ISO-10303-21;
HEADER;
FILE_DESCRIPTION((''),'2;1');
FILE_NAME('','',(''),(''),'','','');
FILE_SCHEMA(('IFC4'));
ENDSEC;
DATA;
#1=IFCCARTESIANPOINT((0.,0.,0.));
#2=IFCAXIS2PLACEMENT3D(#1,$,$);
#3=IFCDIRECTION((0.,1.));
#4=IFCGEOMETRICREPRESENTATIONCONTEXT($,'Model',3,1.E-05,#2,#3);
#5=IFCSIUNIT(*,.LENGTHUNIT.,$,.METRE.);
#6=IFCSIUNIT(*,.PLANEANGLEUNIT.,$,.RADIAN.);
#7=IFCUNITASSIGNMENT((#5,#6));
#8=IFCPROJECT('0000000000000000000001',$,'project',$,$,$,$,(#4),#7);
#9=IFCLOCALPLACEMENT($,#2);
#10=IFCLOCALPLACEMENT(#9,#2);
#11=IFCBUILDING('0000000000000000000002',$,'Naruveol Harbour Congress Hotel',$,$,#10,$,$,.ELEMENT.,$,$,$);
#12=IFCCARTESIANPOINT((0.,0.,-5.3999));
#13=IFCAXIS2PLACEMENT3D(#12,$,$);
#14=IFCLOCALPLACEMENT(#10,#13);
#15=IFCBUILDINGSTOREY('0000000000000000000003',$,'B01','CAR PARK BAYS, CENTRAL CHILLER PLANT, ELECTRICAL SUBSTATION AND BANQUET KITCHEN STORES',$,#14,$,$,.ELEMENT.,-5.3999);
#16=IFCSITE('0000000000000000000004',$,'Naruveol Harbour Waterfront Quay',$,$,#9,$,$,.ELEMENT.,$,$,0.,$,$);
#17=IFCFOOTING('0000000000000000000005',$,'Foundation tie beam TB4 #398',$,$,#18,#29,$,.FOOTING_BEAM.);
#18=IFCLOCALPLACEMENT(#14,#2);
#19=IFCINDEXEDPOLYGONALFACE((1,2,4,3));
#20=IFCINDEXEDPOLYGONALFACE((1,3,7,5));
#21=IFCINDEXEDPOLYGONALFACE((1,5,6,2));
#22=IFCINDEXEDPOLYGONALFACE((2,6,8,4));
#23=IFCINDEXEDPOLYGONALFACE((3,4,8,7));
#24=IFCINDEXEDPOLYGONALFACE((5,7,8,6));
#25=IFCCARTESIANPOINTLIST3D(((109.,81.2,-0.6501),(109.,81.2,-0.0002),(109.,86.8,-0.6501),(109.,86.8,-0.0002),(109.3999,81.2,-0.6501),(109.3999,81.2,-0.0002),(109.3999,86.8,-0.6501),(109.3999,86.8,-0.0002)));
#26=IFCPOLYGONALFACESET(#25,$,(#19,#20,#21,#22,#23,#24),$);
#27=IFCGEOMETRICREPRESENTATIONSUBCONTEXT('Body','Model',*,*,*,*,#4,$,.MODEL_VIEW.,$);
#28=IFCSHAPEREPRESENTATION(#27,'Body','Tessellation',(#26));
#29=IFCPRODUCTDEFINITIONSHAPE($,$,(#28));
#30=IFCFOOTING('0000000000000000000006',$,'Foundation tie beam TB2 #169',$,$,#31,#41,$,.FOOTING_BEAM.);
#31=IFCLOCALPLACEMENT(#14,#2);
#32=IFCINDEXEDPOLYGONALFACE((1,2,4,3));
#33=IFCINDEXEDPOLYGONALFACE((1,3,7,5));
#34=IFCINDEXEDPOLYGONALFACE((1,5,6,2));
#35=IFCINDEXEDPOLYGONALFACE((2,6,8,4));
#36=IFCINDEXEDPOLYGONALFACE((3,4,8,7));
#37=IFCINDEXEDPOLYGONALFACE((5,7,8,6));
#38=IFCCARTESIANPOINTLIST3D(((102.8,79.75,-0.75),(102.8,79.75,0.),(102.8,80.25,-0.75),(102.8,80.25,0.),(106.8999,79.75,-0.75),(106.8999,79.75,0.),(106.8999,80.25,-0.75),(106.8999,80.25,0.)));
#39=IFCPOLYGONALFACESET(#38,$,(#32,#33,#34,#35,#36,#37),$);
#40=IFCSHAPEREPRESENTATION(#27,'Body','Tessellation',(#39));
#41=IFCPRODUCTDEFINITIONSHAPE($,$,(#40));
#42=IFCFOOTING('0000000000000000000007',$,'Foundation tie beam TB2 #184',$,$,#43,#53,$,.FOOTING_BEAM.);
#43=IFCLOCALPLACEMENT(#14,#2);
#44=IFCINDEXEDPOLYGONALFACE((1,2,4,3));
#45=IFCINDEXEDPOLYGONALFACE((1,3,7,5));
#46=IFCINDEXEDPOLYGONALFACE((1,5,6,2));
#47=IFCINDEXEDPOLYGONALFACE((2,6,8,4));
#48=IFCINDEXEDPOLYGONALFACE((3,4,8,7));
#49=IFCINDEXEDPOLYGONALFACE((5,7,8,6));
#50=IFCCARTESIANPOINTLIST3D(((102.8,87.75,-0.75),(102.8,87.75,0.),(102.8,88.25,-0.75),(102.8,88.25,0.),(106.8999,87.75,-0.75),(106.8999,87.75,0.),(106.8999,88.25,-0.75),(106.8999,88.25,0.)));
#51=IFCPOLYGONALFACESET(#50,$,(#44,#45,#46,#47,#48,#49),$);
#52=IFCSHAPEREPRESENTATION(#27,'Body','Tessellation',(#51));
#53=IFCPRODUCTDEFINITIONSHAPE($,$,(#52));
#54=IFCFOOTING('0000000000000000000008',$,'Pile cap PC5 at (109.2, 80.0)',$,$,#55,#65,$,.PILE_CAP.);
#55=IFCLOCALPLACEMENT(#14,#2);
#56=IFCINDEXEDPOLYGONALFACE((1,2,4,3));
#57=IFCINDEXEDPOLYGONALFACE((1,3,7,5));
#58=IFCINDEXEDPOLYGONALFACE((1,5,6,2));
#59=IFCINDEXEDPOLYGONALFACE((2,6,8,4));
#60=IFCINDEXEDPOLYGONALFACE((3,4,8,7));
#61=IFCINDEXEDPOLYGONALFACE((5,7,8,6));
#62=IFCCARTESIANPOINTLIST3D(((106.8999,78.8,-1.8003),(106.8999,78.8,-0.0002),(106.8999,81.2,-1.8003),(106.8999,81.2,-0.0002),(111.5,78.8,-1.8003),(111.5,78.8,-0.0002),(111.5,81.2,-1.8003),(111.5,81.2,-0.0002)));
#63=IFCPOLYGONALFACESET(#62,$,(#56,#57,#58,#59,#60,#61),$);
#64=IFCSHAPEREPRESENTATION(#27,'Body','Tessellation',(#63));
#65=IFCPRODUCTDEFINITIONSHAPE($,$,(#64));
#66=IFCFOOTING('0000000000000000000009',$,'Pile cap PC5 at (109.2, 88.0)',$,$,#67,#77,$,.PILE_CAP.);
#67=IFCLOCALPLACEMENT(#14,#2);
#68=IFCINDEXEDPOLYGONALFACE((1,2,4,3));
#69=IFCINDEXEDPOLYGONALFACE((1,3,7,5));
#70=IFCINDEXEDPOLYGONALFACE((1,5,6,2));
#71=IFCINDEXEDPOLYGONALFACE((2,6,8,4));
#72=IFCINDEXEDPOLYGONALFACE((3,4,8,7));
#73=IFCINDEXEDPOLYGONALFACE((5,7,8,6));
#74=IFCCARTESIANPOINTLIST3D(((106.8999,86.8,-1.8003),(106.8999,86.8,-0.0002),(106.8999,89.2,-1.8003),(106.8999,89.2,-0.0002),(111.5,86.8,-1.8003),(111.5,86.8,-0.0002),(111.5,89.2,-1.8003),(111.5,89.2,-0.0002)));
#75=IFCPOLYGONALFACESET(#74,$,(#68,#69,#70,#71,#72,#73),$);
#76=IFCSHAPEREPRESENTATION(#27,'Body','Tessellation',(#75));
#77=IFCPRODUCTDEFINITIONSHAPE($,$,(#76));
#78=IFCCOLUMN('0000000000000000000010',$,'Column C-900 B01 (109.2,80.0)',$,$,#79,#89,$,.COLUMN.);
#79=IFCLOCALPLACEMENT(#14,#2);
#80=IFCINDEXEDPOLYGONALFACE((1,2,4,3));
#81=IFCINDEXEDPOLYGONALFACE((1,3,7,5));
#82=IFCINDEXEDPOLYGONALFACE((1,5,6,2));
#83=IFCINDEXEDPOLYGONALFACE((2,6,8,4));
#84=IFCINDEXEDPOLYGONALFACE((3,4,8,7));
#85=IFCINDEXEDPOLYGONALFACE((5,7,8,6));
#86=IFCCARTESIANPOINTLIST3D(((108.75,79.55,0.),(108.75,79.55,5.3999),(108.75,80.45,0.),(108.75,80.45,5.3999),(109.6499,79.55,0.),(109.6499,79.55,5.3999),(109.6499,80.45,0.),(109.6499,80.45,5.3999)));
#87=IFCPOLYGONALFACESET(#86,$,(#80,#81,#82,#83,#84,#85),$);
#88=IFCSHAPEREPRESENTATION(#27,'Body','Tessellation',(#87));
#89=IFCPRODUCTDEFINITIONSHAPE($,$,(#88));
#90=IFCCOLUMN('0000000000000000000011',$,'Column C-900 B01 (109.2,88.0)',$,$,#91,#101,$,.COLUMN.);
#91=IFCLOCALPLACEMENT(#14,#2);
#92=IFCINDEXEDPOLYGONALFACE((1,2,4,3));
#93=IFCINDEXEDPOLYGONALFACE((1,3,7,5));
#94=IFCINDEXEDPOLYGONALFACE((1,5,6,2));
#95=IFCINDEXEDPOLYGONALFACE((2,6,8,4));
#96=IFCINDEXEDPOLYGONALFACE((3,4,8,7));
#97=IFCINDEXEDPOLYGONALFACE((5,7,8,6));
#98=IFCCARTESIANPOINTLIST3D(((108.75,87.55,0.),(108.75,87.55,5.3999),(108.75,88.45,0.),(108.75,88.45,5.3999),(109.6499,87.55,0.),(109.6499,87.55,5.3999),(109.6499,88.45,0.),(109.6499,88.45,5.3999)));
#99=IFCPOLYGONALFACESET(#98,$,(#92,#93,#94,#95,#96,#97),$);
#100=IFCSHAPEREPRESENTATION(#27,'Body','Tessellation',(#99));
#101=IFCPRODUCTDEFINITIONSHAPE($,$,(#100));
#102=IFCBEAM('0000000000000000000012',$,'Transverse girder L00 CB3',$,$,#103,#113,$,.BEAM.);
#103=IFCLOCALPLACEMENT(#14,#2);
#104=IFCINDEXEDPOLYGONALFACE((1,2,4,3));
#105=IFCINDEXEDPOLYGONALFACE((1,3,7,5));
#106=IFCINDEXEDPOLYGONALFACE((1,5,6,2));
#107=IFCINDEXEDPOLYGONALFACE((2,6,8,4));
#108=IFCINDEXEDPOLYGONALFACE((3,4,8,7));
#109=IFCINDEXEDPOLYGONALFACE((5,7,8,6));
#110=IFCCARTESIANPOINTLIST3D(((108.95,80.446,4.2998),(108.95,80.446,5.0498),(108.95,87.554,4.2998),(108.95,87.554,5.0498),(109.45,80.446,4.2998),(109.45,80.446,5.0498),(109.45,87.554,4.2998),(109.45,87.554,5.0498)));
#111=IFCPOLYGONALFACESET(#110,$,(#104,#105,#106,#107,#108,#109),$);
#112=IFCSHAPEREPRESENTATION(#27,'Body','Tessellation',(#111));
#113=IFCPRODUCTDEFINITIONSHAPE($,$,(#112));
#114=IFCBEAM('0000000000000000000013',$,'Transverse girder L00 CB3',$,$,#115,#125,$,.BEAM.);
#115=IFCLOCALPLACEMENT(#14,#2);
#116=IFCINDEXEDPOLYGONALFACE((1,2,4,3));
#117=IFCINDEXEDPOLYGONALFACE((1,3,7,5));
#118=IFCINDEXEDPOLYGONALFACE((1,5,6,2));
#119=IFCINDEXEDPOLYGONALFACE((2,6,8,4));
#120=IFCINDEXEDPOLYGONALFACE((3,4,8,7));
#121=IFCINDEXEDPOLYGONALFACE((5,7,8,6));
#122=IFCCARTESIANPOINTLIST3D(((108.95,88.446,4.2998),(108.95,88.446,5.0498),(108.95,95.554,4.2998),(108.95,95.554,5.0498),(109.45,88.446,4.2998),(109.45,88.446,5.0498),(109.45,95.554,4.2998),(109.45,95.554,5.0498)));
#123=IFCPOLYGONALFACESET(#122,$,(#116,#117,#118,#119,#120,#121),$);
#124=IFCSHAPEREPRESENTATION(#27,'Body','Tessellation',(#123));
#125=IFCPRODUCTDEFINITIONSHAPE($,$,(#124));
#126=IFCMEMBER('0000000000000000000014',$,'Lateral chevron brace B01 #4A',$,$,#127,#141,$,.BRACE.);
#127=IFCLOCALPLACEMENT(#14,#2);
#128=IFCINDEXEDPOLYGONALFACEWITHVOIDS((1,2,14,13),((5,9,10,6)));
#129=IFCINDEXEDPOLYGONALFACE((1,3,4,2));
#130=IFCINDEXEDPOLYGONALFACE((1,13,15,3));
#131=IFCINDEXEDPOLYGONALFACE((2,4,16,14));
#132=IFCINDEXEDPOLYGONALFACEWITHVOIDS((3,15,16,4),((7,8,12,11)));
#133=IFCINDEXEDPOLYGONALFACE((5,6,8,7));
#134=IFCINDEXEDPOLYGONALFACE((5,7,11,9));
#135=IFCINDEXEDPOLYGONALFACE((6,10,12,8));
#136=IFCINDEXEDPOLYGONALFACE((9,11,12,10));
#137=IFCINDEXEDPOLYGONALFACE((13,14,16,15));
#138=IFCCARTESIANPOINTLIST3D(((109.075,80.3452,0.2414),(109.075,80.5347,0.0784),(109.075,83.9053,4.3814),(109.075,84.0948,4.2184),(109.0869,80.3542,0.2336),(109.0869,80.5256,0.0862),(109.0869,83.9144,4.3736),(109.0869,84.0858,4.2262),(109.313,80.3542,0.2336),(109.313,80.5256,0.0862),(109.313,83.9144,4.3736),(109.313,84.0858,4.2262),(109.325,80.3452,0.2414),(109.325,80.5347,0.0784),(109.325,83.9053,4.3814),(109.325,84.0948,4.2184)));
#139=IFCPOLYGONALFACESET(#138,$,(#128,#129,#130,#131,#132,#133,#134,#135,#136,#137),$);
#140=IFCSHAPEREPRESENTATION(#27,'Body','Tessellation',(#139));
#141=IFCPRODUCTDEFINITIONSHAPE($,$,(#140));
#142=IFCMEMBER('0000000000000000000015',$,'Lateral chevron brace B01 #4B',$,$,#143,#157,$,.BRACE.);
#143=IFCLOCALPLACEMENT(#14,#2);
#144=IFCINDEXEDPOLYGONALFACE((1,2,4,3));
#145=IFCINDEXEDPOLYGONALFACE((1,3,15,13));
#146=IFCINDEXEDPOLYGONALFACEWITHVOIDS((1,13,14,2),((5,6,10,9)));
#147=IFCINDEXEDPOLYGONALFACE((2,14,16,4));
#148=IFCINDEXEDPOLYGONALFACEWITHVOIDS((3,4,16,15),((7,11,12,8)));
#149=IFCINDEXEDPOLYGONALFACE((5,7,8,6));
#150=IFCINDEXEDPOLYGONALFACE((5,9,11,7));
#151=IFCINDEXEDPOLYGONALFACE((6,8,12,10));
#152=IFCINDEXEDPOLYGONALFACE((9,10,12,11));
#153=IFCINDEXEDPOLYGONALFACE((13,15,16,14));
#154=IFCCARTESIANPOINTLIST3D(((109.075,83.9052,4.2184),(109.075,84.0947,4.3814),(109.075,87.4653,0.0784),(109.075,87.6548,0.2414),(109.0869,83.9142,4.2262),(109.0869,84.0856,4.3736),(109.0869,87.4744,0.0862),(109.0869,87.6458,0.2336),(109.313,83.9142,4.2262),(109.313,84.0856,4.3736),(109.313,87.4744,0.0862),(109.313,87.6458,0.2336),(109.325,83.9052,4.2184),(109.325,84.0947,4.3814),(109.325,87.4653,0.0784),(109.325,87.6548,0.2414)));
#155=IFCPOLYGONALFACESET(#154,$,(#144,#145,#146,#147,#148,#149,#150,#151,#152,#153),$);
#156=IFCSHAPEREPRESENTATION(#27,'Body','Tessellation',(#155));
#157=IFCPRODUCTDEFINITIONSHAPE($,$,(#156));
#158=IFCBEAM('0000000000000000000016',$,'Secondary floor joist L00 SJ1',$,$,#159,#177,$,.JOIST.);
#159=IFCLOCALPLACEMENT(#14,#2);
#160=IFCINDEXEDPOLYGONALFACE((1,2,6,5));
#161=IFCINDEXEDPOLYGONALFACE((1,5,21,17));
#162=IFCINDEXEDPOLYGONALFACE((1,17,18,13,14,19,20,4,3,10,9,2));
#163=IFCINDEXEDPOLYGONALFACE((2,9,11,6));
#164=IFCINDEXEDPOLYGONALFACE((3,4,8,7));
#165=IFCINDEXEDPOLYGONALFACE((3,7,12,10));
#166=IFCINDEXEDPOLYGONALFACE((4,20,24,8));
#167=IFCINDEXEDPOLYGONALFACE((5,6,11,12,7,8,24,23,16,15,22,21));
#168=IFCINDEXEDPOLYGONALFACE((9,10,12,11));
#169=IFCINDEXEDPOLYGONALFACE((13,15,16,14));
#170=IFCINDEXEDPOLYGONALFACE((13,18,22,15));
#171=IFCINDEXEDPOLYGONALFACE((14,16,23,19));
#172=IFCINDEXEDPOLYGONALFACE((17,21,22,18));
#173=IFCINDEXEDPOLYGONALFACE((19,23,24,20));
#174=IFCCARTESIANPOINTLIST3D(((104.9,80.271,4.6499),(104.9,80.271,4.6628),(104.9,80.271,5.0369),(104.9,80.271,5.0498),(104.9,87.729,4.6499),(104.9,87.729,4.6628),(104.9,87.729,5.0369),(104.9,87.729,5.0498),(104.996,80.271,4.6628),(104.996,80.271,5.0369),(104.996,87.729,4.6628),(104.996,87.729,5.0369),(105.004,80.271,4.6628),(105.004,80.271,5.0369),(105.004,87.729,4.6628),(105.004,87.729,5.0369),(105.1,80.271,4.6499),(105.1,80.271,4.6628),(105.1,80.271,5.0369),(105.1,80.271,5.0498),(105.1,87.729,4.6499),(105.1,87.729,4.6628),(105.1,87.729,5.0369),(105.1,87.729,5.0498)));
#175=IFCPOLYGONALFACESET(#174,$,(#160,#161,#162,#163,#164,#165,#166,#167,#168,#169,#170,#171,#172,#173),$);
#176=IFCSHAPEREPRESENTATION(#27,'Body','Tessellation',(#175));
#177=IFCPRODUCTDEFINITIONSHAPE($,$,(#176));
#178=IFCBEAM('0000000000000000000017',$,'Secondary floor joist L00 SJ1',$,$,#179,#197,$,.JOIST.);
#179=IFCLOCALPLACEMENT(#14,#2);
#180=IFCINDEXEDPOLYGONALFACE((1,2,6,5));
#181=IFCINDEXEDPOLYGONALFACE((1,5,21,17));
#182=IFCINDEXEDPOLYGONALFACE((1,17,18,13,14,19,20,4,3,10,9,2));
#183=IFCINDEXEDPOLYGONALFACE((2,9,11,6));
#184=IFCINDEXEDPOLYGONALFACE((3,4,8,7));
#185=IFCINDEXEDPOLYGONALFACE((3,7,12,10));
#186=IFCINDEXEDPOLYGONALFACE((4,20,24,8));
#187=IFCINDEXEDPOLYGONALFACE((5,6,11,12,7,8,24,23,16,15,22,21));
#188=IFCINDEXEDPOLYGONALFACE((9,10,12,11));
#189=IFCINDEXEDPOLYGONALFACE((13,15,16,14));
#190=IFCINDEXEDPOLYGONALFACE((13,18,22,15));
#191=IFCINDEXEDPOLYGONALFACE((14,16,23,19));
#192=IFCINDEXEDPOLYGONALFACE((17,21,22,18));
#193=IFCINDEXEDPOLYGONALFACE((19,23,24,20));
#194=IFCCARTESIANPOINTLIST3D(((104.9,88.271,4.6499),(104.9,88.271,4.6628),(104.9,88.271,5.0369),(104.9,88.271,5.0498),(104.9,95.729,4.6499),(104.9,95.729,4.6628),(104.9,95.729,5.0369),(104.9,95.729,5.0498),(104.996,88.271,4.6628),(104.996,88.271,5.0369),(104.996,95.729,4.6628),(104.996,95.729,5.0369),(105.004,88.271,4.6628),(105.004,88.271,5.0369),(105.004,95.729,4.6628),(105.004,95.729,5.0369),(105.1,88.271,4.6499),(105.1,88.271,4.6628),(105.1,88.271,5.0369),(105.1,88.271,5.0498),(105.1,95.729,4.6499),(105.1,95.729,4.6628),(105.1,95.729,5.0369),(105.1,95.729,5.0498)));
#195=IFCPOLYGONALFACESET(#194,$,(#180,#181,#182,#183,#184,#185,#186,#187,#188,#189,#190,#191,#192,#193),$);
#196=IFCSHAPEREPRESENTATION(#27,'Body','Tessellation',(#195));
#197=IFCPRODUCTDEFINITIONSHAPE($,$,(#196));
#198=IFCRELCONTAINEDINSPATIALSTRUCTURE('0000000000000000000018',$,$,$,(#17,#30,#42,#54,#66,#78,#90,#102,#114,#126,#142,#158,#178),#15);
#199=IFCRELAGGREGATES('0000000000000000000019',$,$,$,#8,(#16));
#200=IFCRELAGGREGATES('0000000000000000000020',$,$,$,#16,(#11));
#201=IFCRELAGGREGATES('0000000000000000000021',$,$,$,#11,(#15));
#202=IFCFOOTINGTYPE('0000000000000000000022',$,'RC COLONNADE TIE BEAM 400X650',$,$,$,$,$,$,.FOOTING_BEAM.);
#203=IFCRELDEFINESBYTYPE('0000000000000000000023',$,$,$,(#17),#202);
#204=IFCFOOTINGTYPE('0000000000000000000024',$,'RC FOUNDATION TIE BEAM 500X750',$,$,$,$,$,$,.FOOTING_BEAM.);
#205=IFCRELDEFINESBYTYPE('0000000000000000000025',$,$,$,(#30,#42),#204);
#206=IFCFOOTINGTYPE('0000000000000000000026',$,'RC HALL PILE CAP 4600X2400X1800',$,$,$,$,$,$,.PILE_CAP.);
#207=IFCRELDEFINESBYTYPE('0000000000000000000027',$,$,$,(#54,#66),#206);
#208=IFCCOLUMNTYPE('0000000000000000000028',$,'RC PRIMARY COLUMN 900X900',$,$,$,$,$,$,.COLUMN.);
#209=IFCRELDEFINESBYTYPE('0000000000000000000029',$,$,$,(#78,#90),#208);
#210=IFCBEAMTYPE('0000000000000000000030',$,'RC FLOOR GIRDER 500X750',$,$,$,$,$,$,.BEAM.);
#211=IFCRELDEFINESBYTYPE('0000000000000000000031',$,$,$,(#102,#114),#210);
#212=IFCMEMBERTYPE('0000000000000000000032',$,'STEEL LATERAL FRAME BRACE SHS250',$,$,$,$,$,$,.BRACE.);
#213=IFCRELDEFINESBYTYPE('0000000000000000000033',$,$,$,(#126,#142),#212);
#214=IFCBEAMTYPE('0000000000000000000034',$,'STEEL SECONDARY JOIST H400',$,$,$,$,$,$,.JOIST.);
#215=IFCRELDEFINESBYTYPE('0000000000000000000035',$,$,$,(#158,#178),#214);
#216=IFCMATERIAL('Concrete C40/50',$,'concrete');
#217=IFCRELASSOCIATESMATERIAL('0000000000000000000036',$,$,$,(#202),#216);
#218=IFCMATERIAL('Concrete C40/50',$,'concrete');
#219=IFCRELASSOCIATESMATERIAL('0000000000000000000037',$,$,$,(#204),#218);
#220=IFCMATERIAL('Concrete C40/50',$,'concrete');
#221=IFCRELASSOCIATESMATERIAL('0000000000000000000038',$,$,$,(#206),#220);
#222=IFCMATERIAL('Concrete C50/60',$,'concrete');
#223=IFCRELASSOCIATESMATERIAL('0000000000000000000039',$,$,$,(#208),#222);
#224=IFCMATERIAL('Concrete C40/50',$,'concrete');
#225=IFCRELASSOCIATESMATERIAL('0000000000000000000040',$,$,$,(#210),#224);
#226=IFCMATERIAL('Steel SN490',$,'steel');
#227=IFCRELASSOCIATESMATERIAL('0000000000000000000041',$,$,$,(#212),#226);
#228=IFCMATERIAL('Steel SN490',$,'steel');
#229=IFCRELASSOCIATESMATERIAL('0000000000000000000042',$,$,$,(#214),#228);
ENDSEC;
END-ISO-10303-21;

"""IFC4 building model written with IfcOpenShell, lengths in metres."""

from ifc_helpers import new_model, si_unit, direction, frame, origin, origin_2d, place, context, subcontext, project, spatial, rectangle, hollow_rectangle, i_section, extrude, material, material_profile, profile_set, type_object, element, save


model = new_model("IFC4")

# Units and contexts
model_context = context("Model", 3, precision=1e-05, world=origin(), true_north=direction((0.0, 1.0)))
body_context = subcontext(model_context, "Body", "Model", "MODEL_VIEW")
ifc_project = project(units=[si_unit("LENGTHUNIT", "METRE"), si_unit("PLANEANGLEUNIT", "RADIAN")], contexts=[model_context])

# Site, building, storey
site_placement = place(None, origin())
site = spatial("IfcSite", under=ifc_project, at=site_placement, Name="Naruveol Harbour Waterfront Quay", CompositionType="ELEMENT", RefElevation=0.0)
building_placement = place(site_placement, origin())
building = spatial("IfcBuilding", under=site, at=building_placement, Name="Naruveol Harbour Congress Hotel", CompositionType="ELEMENT")
storey_placement = place(building_placement, frame((0.0, 0.0, -5.3999)))
storey = spatial("IfcBuildingStorey", under=building, at=storey_placement, Name="B01", Description="CAR PARK BAYS, CENTRAL CHILLER PLANT, ELECTRICAL SUBSTATION AND BANQUET KITCHEN STORES", CompositionType="ELEMENT", Elevation=-5.3999)

# Footings
ifc_material_1 = material(Name="Concrete C40/50", Category="concrete")
ifc_material_profile_1 = material_profile(ifc_material_1, rectangle(XDim=0.3999, YDim=0.6499, at=origin_2d()), Name="RCB-400x650")
ifc_profile_set_1 = profile_set([ifc_material_profile_1], Name="Concrete C40/50")
footing_type_1 = type_object("IfcFootingType", Name="RC COLONNADE TIE BEAM 400X650", PredefinedType="FOOTING_BEAM", material=ifc_profile_set_1)
footing_placement = place(storey_placement, frame((109.2, 81.2, -0.3252), z_axis=(0.0, 1.0, 0.0), x_axis=(-1.0, 0.0, 0.0)))
element("IfcFooting", 1, at=footing_placement, inside=storey, type_object=footing_type_1, Name="Foundation tie beam TB4 #398", PredefinedType="FOOTING_BEAM", context=body_context, shape_type="SweptSolid", body=[
    extrude(rectangle(XDim=0.3999, YDim=0.6499, at=origin_2d()), origin(), (0.0, 0.0, 1.0), 5.6001),
])
ifc_material_2 = material(Name="Concrete C40/50", Category="concrete")
ifc_material_profile_2 = material_profile(ifc_material_2, rectangle(XDim=0.5, YDim=0.75, at=origin_2d()), Name="RCB-500x750")
ifc_profile_set_2 = profile_set([ifc_material_profile_2], Name="Concrete C40/50")
footing_type_2 = type_object("IfcFootingType", Name="RC FOUNDATION TIE BEAM 500X750", PredefinedType="FOOTING_BEAM", material=ifc_profile_set_2)
for number, where, z_axis, x_axis, name in (
    (2, (102.8, 80.0, -0.375), (1.0, 0.0, 0.0), (0.0, 1.0, 0.0), "Foundation tie beam TB2 #169"),
    (3, (102.8, 88.0, -0.375), (1.0, 0.0, 0.0), (0.0, 1.0, 0.0), "Foundation tie beam TB2 #184"),
):
    element("IfcFooting", number, at=place(storey_placement, frame(where, z_axis=z_axis, x_axis=x_axis)), inside=storey, type_object=footing_type_2, Name=name, PredefinedType="FOOTING_BEAM", context=body_context, shape_type="SweptSolid", body=[
        extrude(rectangle(XDim=0.5, YDim=0.75, at=origin_2d()), origin(), (0.0, 0.0, 1.0), 4.0999),
    ])
ifc_material_3 = material(Name="Concrete C40/50", Category="concrete")
footing_type_3 = type_object("IfcFootingType", Name="RC HALL PILE CAP 4600X2400X1800", PredefinedType="PILE_CAP", material=ifc_material_3)
for number, where, z_axis, x_axis, name in (
    (4, (109.2, 80.0, -1.8003), (0.0, 0.0, 1.0), (1.0, 0.0, 0.0), "Pile cap PC5 at (109.2, 80.0)"),
    (5, (109.2, 88.0, -1.8003), (0.0, 0.0, 1.0), (1.0, 0.0, 0.0), "Pile cap PC5 at (109.2, 88.0)"),
):
    element("IfcFooting", number, at=place(storey_placement, frame(where, z_axis=z_axis, x_axis=x_axis)), inside=storey, type_object=footing_type_3, Name=name, PredefinedType="PILE_CAP", context=body_context, shape_type="SweptSolid", body=[
        extrude(rectangle(XDim=4.6001, YDim=2.3999, at=origin_2d()), origin(), (0.0, 0.0, 1.0), 1.8),
    ])

# Columns
ifc_material_4 = material(Name="Concrete C50/60", Category="concrete")
ifc_material_profile_3 = material_profile(ifc_material_4, rectangle(XDim=0.8999, YDim=0.8999, at=origin_2d()), Name="RC-900x900")
ifc_profile_set_3 = profile_set([ifc_material_profile_3], Name="Concrete C50/60")
column_type = type_object("IfcColumnType", Name="RC PRIMARY COLUMN 900X900", PredefinedType="COLUMN", material=ifc_profile_set_3)
for number, where, z_axis, x_axis, name in (
    (6, (109.2, 80.0, 0.0), (0.0, 0.0, 1.0), (1.0, 0.0, 0.0), "Column C-900 B01 (109.2,80.0)"),
    (7, (109.2, 88.0, 0.0), (0.0, 0.0, 1.0), (1.0, 0.0, 0.0), "Column C-900 B01 (109.2,88.0)"),
):
    element("IfcColumn", number, at=place(storey_placement, frame(where, z_axis=z_axis, x_axis=x_axis)), inside=storey, type_object=column_type, Name=name, PredefinedType="COLUMN", context=body_context, shape_type="SweptSolid", body=[
        extrude(rectangle(XDim=0.8999, YDim=0.8999, at=origin_2d()), origin(), (0.0, 0.0, 1.0), 5.3999),
    ])

# Beams
ifc_material_5 = material(Name="Concrete C40/50", Category="concrete")
ifc_material_profile_4 = material_profile(ifc_material_5, rectangle(XDim=0.5, YDim=0.75, at=origin_2d()), Name="RCB-500x750")
ifc_profile_set_4 = profile_set([ifc_material_profile_4], Name="Concrete C40/50")
beam_type_1 = type_object("IfcBeamType", Name="RC FLOOR GIRDER 500X750", PredefinedType="BEAM", material=ifc_profile_set_4)
for number, where, z_axis, x_axis, name in (
    (8, (109.2, 80.446, 4.6748), (0.0, 1.0, 0.0), (-1.0, 0.0, 0.0), "Transverse girder L00 CB3"),
    (9, (109.2, 88.446, 4.6748), (0.0, 1.0, 0.0), (-1.0, 0.0, 0.0), "Transverse girder L00 CB3"),
):
    element("IfcBeam", number, at=place(storey_placement, frame(where, z_axis=z_axis, x_axis=x_axis)), inside=storey, type_object=beam_type_1, Name=name, PredefinedType="BEAM", context=body_context, shape_type="SweptSolid", body=[
        extrude(rectangle(XDim=0.5, YDim=0.75, at=origin_2d()), origin(), (0.0, 0.0, 1.0), 7.1079),
    ])

# Members
ifc_material_6 = material(Name="Steel SN490", Category="steel")
ifc_material_profile_5 = material_profile(ifc_material_6, hollow_rectangle(XDim=0.25, YDim=0.25, WallThickness=0.012, at=origin_2d()), Name="SHS-250x250x12")
ifc_profile_set_5 = profile_set([ifc_material_profile_5], Name="Steel SN490")
member_type = type_object("IfcMemberType", Name="STEEL LATERAL FRAME BRACE SHS250", PredefinedType="BRACE", material=ifc_profile_set_5)
for number, where, z_axis, x_axis, name in (
    (10, (109.2, 80.4399, 0.1599), (0.0, 0.652013, 0.758208), (-1.0, 0.0, 0.0), "Lateral chevron brace B01 #4A"),
    (11, (109.2, 87.5601, 0.1599), (0.0, -0.652013, 0.758208), (1.0, 0.0, 0.0), "Lateral chevron brace B01 #4B"),
):
    element("IfcMember", number, at=place(storey_placement, frame(where, z_axis=z_axis, x_axis=x_axis)), inside=storey, type_object=member_type, Name=name, PredefinedType="BRACE", context=body_context, shape_type="SweptSolid", body=[
        extrude(hollow_rectangle(XDim=0.25, YDim=0.25, WallThickness=0.012, at=origin_2d()), origin(), (0.0, 0.0, 1.0), 5.4602),
    ])

# Beams
ifc_material_7 = material(Name="Steel SN490", Category="steel")
ifc_material_profile_6 = material_profile(ifc_material_7, i_section(OverallWidth=0.2, OverallDepth=0.3999, WebThickness=0.0081, FlangeThickness=0.0129, at=origin_2d()), Name="H-400x200x8x13")
ifc_profile_set_6 = profile_set([ifc_material_profile_6], Name="Steel SN490")
beam_type_2 = type_object("IfcBeamType", Name="STEEL SECONDARY JOIST H400", PredefinedType="JOIST", material=ifc_profile_set_6)
for number, where, z_axis, x_axis, name in (
    (12, (105.0, 80.271, 4.8499), (0.0, 1.0, 0.0), (-1.0, 0.0, 0.0), "Secondary floor joist L00 SJ1"),
    (13, (105.0, 88.271, 4.8499), (0.0, 1.0, 0.0), (-1.0, 0.0, 0.0), "Secondary floor joist L00 SJ1"),
):
    element("IfcBeam", number, at=place(storey_placement, frame(where, z_axis=z_axis, x_axis=x_axis)), inside=storey, type_object=beam_type_2, Name=name, PredefinedType="JOIST", context=body_context, shape_type="SweptSolid", body=[
        extrude(i_section(OverallWidth=0.2, OverallDepth=0.3999, WebThickness=0.0081, FlangeThickness=0.0129, at=origin_2d()), origin(), (0.0, 0.0, 1.0), 7.458),
    ])

save(model, "model.ifc")
